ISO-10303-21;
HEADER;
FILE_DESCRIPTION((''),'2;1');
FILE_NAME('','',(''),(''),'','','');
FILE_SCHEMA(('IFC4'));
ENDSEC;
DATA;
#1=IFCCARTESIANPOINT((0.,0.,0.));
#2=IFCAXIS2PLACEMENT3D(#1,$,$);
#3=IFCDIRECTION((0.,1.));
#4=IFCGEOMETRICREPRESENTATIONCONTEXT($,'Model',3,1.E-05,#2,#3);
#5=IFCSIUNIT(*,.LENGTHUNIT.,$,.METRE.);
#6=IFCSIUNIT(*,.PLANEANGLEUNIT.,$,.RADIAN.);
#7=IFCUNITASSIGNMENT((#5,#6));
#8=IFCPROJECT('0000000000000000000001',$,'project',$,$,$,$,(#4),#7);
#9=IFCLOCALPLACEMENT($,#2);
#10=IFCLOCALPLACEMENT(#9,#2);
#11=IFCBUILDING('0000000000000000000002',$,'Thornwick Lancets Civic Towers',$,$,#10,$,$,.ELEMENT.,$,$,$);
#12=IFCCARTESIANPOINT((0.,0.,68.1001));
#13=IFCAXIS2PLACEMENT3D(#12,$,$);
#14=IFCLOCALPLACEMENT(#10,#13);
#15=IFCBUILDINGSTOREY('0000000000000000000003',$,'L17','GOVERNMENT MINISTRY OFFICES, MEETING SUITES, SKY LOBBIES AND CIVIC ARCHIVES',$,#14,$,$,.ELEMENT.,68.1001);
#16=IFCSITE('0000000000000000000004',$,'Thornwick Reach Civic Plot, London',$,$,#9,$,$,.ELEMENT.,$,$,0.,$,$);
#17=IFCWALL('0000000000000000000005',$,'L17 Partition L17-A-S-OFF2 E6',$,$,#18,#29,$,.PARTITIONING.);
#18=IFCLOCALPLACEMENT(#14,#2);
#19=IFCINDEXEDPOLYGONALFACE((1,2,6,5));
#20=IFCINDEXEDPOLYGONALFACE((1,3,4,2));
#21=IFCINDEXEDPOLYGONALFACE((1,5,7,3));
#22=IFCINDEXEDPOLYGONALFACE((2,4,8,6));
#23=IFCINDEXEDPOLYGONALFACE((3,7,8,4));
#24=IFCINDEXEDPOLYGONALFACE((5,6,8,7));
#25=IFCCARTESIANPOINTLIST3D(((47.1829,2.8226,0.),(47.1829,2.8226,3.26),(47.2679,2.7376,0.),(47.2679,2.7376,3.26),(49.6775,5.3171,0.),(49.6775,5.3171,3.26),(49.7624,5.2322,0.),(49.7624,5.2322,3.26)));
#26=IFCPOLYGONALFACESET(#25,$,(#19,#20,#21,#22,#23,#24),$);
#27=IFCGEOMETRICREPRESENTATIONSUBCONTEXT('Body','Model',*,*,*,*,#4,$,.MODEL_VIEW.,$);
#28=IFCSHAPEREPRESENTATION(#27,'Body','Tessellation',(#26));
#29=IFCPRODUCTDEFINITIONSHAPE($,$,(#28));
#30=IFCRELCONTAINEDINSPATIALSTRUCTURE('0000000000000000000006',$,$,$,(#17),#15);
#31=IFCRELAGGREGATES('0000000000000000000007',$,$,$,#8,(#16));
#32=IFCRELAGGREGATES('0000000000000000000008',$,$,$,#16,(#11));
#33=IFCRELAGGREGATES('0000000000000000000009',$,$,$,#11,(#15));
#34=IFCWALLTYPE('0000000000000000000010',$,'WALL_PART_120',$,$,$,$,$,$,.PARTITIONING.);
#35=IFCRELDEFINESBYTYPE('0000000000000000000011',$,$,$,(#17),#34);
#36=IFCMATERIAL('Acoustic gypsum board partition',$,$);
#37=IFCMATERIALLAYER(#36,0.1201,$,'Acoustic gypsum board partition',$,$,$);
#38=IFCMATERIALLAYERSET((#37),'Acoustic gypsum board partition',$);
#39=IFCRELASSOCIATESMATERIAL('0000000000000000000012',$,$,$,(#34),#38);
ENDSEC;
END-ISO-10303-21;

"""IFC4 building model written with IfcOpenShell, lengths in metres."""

from ifc_helpers import new_model, si_unit, direction, frame, frame_2d, origin, place, context, subcontext, project, spatial, rectangle, extrude, material, layer, layer_set, type_object, element, save


model = new_model("IFC4")

# Units and contexts
model_context = context("Model", 3, precision=1e-05, world=origin(), true_north=direction((0.0, 1.0)))
body_context = subcontext(model_context, "Body", "Model", "MODEL_VIEW")
ifc_project = project(units=[si_unit("LENGTHUNIT", "METRE"), si_unit("PLANEANGLEUNIT", "RADIAN")], contexts=[model_context])

# Site, building, storey
site_placement = place(None, origin())
site = spatial("IfcSite", under=ifc_project, at=site_placement, Name="Thornwick Reach Civic Plot, London", CompositionType="ELEMENT", RefElevation=0.0)
building_placement = place(site_placement, origin())
building = spatial("IfcBuilding", under=site, at=building_placement, Name="Thornwick Lancets Civic Towers", CompositionType="ELEMENT")
storey_placement = place(building_placement, frame((0.0, 0.0, 68.1001)))
storey = spatial("IfcBuildingStorey", under=building, at=storey_placement, Name="L17", Description="GOVERNMENT MINISTRY OFFICES, MEETING SUITES, SKY LOBBIES AND CIVIC ARCHIVES", CompositionType="ELEMENT", Elevation=68.1001)

# Wall
ifc_material_1 = material(Name="Acoustic gypsum board partition")
ifc_layer_1 = layer(ifc_material_1, 0.1201, Name="Acoustic gypsum board partition")
ifc_layer_set_1 = layer_set([ifc_layer_1], Name="Acoustic gypsum board partition")
wall_type_1 = type_object("IfcWallType", Name="WALL_PART_120", PredefinedType="PARTITIONING", material=ifc_layer_set_1)
wall_1_placement = place(storey_placement, frame((49.72, 5.2747, 0.0), z_axis=(0.0, 0.0, 1.0), x_axis=(-0.707107, -0.707107, 0.0)))
element("IfcWall", 1, at=wall_1_placement, inside=storey, type_object=wall_type_1, Name="L17 Partition L17-A-S-OFF2 E6", PredefinedType="PARTITIONING", context=body_context, shape_type="SweptSolid", body=[
    extrude(rectangle(XDim=3.5278, YDim=0.1201, at=frame_2d((1.7639, 0.0))), origin(), (0.0, 0.0, 1.0), 3.26),
])

save(model, "model.ifc")
